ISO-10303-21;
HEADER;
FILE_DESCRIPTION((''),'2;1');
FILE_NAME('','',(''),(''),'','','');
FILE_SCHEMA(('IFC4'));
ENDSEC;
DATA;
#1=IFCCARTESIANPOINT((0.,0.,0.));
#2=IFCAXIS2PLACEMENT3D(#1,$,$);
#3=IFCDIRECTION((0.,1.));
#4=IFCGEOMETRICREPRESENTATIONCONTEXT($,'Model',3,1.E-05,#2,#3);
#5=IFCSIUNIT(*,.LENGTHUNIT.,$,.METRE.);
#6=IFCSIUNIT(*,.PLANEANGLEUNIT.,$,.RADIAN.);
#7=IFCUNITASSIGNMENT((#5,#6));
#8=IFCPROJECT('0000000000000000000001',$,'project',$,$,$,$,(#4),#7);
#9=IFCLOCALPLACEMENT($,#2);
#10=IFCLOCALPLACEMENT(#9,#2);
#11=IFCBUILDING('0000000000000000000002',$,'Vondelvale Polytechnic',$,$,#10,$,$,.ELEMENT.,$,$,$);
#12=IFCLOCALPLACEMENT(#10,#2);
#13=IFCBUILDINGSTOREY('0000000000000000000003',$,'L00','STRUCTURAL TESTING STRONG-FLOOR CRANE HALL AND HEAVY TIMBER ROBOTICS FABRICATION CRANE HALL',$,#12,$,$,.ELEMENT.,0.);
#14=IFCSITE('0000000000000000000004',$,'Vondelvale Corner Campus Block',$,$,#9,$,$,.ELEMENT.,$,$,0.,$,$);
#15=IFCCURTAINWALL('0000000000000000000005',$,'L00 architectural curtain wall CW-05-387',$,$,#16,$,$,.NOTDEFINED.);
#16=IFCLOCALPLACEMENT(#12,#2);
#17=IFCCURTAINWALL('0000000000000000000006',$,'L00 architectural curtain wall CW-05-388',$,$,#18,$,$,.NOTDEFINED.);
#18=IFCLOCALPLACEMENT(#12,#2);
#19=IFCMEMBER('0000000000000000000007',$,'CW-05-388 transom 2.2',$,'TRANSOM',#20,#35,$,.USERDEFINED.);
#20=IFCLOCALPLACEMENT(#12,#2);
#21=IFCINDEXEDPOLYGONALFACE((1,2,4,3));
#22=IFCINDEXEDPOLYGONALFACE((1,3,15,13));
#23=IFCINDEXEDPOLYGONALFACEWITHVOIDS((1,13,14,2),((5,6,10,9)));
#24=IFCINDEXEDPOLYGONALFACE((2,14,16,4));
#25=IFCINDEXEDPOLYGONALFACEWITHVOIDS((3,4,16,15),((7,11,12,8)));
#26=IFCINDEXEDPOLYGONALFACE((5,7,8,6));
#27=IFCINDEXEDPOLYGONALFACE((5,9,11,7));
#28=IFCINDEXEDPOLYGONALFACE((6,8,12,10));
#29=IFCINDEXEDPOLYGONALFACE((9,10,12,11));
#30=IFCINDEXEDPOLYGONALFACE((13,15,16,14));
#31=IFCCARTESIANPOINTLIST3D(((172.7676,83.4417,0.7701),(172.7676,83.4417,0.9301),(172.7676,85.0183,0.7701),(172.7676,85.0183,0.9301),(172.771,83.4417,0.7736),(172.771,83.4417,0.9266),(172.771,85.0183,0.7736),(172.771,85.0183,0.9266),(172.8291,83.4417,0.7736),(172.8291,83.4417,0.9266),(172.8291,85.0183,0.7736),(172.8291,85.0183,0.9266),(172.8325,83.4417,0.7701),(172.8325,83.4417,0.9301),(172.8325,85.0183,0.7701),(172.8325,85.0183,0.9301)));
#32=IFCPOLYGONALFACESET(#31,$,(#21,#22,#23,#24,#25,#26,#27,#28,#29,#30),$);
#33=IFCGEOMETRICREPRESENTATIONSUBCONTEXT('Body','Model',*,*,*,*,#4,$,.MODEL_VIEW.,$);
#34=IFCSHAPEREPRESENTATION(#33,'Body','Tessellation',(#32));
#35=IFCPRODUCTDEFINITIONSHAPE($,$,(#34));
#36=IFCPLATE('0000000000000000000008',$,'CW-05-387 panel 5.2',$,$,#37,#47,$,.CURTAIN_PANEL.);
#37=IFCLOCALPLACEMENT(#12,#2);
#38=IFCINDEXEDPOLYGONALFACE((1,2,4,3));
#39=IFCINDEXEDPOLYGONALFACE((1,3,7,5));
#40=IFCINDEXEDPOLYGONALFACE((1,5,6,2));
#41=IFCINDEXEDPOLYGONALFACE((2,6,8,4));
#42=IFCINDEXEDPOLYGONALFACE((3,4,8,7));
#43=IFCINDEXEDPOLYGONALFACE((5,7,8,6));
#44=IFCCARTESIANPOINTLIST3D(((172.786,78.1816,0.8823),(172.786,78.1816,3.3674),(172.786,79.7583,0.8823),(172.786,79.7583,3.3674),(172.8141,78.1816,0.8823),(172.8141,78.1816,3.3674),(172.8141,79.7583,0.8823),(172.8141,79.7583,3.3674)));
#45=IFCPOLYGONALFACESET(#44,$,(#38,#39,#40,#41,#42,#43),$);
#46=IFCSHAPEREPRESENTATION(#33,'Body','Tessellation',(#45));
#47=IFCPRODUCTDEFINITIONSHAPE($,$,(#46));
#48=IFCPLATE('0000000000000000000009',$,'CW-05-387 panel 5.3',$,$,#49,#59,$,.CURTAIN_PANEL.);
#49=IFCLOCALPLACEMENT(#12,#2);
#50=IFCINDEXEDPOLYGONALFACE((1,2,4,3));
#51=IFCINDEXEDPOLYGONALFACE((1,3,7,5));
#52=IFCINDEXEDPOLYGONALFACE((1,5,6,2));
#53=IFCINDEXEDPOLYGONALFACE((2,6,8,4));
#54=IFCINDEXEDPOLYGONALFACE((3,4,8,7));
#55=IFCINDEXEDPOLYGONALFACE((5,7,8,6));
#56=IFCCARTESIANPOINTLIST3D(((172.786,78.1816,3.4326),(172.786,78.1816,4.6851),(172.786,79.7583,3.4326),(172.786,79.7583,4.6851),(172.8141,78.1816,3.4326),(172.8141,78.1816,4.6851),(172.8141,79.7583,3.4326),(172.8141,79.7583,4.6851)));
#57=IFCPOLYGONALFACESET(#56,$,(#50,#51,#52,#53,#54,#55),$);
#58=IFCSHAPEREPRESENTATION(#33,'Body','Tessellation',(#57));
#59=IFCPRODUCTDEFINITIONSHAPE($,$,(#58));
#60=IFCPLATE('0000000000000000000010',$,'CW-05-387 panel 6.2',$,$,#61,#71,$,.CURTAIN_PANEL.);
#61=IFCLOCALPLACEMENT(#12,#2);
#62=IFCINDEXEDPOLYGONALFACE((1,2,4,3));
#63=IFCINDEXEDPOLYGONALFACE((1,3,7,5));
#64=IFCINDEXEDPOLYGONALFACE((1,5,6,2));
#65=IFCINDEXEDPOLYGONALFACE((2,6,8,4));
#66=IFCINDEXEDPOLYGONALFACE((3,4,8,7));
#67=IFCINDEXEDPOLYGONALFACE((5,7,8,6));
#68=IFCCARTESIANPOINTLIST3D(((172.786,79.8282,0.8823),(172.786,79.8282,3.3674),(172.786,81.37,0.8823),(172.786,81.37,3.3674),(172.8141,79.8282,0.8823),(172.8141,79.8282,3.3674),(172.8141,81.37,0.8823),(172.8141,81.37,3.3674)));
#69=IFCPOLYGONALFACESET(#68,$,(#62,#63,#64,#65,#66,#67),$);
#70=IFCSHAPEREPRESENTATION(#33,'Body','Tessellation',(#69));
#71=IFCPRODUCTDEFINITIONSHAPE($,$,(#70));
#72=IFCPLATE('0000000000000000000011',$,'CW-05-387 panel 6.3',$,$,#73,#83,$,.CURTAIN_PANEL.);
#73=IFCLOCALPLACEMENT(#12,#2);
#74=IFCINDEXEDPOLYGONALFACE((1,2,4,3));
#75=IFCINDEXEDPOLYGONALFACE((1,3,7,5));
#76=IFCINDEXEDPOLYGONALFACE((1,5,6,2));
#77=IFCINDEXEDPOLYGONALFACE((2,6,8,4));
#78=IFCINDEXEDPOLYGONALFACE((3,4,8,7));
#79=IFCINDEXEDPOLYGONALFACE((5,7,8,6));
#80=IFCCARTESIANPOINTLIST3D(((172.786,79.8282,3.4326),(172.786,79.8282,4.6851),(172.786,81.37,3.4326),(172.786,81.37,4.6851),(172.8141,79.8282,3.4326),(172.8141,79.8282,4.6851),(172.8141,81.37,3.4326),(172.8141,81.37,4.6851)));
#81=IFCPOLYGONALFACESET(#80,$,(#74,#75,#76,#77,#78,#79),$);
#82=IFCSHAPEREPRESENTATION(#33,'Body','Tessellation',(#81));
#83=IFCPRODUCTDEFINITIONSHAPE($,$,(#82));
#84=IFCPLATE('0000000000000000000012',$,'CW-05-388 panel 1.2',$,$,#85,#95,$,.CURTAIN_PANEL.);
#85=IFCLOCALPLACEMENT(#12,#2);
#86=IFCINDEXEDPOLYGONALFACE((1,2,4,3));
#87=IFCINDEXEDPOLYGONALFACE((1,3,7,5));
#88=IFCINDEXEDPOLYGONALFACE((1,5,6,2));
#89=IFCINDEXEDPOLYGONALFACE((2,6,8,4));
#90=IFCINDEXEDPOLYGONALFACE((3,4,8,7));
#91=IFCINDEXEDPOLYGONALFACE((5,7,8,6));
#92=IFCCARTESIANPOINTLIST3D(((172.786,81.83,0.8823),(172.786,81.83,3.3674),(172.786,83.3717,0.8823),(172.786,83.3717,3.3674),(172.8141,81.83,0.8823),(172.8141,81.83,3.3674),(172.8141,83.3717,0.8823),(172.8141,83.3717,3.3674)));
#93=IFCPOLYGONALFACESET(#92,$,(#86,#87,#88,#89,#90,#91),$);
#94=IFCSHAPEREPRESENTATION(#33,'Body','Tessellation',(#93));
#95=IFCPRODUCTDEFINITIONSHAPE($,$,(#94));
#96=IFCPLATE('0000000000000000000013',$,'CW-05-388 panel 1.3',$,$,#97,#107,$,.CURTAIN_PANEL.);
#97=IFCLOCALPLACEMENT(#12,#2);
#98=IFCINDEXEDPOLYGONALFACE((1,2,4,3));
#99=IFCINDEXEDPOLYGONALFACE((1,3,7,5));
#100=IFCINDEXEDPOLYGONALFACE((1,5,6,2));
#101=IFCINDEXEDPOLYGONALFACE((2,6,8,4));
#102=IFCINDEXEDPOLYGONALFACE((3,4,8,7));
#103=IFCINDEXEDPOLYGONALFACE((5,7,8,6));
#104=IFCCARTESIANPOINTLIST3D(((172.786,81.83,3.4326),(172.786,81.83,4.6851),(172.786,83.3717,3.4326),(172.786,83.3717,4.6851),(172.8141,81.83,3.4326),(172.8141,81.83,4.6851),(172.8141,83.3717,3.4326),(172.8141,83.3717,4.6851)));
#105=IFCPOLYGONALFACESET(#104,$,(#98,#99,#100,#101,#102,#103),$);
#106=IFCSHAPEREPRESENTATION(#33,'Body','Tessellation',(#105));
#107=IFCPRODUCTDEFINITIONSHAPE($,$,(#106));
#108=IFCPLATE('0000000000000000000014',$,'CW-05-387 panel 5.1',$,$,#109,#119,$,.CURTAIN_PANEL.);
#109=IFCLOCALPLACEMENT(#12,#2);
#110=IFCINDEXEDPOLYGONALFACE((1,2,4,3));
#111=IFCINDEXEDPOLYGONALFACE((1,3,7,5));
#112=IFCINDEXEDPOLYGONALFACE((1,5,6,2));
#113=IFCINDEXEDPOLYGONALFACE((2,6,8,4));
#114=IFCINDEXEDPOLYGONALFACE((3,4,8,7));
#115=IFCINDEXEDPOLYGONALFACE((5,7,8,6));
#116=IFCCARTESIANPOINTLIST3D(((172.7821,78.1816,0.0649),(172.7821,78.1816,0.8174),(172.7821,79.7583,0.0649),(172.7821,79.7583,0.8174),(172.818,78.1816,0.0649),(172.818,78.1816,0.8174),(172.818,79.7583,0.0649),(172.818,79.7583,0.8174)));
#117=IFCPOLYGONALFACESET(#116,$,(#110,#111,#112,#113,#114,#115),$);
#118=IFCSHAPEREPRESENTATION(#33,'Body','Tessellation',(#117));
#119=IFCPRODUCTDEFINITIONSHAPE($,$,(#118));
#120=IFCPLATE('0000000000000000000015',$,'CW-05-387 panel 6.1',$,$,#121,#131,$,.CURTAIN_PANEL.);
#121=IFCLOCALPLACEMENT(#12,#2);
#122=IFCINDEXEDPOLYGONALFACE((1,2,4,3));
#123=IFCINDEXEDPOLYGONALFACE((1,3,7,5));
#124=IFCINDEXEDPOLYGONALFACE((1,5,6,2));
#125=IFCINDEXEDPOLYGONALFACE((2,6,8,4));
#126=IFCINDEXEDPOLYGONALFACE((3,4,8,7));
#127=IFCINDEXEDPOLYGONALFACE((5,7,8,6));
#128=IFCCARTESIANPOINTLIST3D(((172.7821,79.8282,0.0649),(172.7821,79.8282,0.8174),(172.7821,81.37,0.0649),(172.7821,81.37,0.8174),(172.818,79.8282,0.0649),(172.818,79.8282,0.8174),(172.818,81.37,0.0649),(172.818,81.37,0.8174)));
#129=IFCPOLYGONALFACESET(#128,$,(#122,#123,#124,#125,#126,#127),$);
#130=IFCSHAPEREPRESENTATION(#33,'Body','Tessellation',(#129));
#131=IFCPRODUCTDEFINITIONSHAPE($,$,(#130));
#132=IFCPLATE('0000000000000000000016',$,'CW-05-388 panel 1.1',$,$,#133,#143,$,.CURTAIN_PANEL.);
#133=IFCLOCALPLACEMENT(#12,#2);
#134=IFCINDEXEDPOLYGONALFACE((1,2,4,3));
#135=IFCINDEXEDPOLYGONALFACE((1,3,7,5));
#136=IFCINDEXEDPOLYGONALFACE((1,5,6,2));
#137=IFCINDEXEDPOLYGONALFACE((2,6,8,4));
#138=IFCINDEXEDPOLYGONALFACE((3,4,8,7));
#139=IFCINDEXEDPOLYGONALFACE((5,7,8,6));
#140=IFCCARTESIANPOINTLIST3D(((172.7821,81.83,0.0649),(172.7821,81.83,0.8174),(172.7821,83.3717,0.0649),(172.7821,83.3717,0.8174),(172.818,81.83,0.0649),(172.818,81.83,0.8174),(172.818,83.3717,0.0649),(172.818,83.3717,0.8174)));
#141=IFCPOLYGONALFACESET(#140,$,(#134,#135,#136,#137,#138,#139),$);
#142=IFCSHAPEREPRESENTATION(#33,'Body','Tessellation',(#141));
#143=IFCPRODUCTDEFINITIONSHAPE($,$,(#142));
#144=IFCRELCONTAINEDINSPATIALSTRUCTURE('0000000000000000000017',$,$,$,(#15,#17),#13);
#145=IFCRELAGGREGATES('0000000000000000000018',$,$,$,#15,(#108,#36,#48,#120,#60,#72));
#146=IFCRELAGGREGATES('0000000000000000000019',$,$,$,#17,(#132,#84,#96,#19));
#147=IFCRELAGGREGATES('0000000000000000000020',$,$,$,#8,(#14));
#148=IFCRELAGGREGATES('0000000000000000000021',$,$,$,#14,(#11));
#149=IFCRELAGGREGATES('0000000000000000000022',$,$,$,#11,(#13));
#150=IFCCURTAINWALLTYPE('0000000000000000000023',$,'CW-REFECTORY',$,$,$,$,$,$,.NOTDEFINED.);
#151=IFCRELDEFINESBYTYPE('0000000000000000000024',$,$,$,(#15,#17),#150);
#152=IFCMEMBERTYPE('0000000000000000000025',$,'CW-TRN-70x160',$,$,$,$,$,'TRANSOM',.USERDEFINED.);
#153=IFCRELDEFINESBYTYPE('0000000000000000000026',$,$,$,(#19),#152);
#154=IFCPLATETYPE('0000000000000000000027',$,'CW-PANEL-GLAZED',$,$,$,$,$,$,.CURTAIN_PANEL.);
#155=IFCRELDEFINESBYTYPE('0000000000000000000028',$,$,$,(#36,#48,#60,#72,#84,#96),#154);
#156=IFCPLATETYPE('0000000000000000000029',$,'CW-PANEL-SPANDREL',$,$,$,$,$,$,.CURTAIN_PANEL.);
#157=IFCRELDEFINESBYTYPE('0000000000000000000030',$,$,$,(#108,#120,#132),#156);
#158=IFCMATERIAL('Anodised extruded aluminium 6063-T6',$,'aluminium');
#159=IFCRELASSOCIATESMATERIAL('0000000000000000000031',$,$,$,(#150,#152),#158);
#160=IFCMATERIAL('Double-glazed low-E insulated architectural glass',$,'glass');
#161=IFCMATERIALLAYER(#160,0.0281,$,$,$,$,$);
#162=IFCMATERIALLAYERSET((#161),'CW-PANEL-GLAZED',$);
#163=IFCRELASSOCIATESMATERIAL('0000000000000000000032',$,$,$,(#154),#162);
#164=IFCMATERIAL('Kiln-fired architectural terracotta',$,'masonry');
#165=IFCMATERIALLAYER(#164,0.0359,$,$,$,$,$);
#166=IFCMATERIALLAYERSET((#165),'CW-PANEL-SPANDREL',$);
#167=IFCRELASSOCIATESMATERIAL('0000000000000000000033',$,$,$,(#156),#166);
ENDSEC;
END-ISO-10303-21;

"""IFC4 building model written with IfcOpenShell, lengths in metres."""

from ifc_helpers import new_model, si_unit, direction, frame, origin, origin_2d, place, context, subcontext, project, spatial, rectangle, hollow_rectangle, extrude, material, layer, layer_set, material_profile, profile_set, type_object, element, aggregate, save


model = new_model("IFC4")

# Units and contexts
model_context = context("Model", 3, precision=1e-05, world=origin(), true_north=direction((0.0, 1.0)))
body_context = subcontext(model_context, "Body", "Model", "MODEL_VIEW")
ifc_project = project(units=[si_unit("LENGTHUNIT", "METRE"), si_unit("PLANEANGLEUNIT", "RADIAN")], contexts=[model_context])

# Site, building, storey
site_placement = place(None, origin())
site = spatial("IfcSite", under=ifc_project, at=site_placement, Name="Vondelvale Corner Campus Block", CompositionType="ELEMENT", RefElevation=0.0)
building_placement = place(site_placement, origin())
building = spatial("IfcBuilding", under=site, at=building_placement, Name="Vondelvale Polytechnic", CompositionType="ELEMENT")
storey_placement = place(building_placement, origin())
storey = spatial("IfcBuildingStorey", under=building, at=storey_placement, Name="L00", Description="STRUCTURAL TESTING STRONG-FLOOR CRANE HALL AND HEAVY TIMBER ROBOTICS FABRICATION CRANE HALL", CompositionType="ELEMENT", Elevation=0.0)

# Curtain walls
ifc_material_1 = material(Name="Anodised extruded aluminium 6063-T6", Category="aluminium")
curtain_wall_type = type_object("IfcCurtainWallType", Name="CW-REFECTORY", PredefinedType="NOTDEFINED", material=ifc_material_1)
curtain_wall_1_placement = place(storey_placement, origin())
curtain_wall_1 = element("IfcCurtainWall", 1, at=curtain_wall_1_placement, inside=storey, type_object=curtain_wall_type, Name="L00 architectural curtain wall CW-05-387", PredefinedType="NOTDEFINED")
curtain_wall_2_placement = place(storey_placement, origin())
curtain_wall_2 = element("IfcCurtainWall", 2, at=curtain_wall_2_placement, inside=storey, type_object=curtain_wall_type, Name="L00 architectural curtain wall CW-05-388", PredefinedType="NOTDEFINED")

# Member
ifc_material_profile_1 = material_profile(ifc_material_1, hollow_rectangle(XDim=0.0649, YDim=0.1599, WallThickness=0.0034, at=origin_2d()), Name="CW-TRN-160x65")
ifc_profile_set_1 = profile_set([ifc_material_profile_1], Name="Anodised extruded aluminium 6063-T6")
member_type_1 = type_object("IfcMemberType", Name="CW-TRN-70x160", ElementType="TRANSOM", PredefinedType="USERDEFINED", material=ifc_profile_set_1)
member_1_placement = place(storey_placement, frame((172.8, 83.4417, 0.8501), z_axis=(0.0, 1.0, 0.0), x_axis=(-1.0, 0.0, 0.0)))
member_1 = element("IfcMember", 3, at=member_1_placement, type_object=member_type_1, Name="CW-05-388 transom 2.2", ObjectType="TRANSOM", PredefinedType="USERDEFINED", context=body_context, shape_type="SweptSolid", body=[
    extrude(hollow_rectangle(XDim=0.0649, YDim=0.1599, WallThickness=0.0034, at=origin_2d()), origin(), (0.0, 0.0, 1.0), 1.5767),
])

# Plates
ifc_material_2 = material(Name="Double-glazed low-E insulated architectural glass", Category="glass")
ifc_layer_1 = layer(ifc_material_2, 0.0281)
ifc_layer_set_1 = layer_set([ifc_layer_1], Name="CW-PANEL-GLAZED")
plate_type_1 = type_object("IfcPlateType", Name="CW-PANEL-GLAZED", PredefinedType="CURTAIN_PANEL", material=ifc_layer_set_1)
plate_1_placement = place(storey_placement, frame((172.8, 78.97, 0.8823), z_axis=(0.0, 0.0, 1.0), x_axis=(0.0, 1.0, 0.0)))
plate_1 = element("IfcPlate", 4, at=plate_1_placement, type_object=plate_type_1, Name="CW-05-387 panel 5.2", PredefinedType="CURTAIN_PANEL", context=body_context, shape_type="SweptSolid", body=[
    extrude(rectangle(XDim=1.5767, YDim=0.0281, at=origin_2d()), origin(), (0.0, 0.0, 1.0), 2.4851),
])
plate_2_placement = place(storey_placement, frame((172.8, 78.97, 3.4326), z_axis=(0.0, 0.0, 1.0), x_axis=(0.0, 1.0, 0.0)))
plate_2 = element("IfcPlate", 5, at=plate_2_placement, type_object=plate_type_1, Name="CW-05-387 panel 5.3", PredefinedType="CURTAIN_PANEL", context=body_context, shape_type="SweptSolid", body=[
    extrude(rectangle(XDim=1.5767, YDim=0.0281, at=origin_2d()), origin(), (0.0, 0.0, 1.0), 1.2524),
])
plate_3_placement = place(storey_placement, frame((172.8, 80.5991, 0.8823), z_axis=(0.0, 0.0, 1.0), x_axis=(0.0, 1.0, 0.0)))
plate_3 = element("IfcPlate", 6, at=plate_3_placement, type_object=plate_type_1, Name="CW-05-387 panel 6.2", PredefinedType="CURTAIN_PANEL", context=body_context, shape_type="SweptSolid", body=[
    extrude(rectangle(XDim=1.5417, YDim=0.0281, at=origin_2d()), origin(), (0.0, 0.0, 1.0), 2.4851),
])
plate_4_placement = place(storey_placement, frame((172.8, 80.5991, 3.4326), z_axis=(0.0, 0.0, 1.0), x_axis=(0.0, 1.0, 0.0)))
plate_4 = element("IfcPlate", 7, at=plate_4_placement, type_object=plate_type_1, Name="CW-05-387 panel 6.3", PredefinedType="CURTAIN_PANEL", context=body_context, shape_type="SweptSolid", body=[
    extrude(rectangle(XDim=1.5417, YDim=0.0281, at=origin_2d()), origin(), (0.0, 0.0, 1.0), 1.2524),
])
plate_5_placement = place(storey_placement, frame((172.8, 82.6008, 0.8823), z_axis=(0.0, 0.0, 1.0), x_axis=(0.0, 1.0, 0.0)))
plate_5 = element("IfcPlate", 8, at=plate_5_placement, type_object=plate_type_1, Name="CW-05-388 panel 1.2", PredefinedType="CURTAIN_PANEL", context=body_context, shape_type="SweptSolid", body=[
    extrude(rectangle(XDim=1.5417, YDim=0.0281, at=origin_2d()), origin(), (0.0, 0.0, 1.0), 2.4851),
])
plate_6_placement = place(storey_placement, frame((172.8, 82.6008, 3.4326), z_axis=(0.0, 0.0, 1.0), x_axis=(0.0, 1.0, 0.0)))
plate_6 = element("IfcPlate", 9, at=plate_6_placement, type_object=plate_type_1, Name="CW-05-388 panel 1.3", PredefinedType="CURTAIN_PANEL", context=body_context, shape_type="SweptSolid", body=[
    extrude(rectangle(XDim=1.5417, YDim=0.0281, at=origin_2d()), origin(), (0.0, 0.0, 1.0), 1.2524),
])
ifc_material_3 = material(Name="Kiln-fired architectural terracotta", Category="masonry")
ifc_layer_2 = layer(ifc_material_3, 0.0359)
ifc_layer_set_2 = layer_set([ifc_layer_2], Name="CW-PANEL-SPANDREL")
plate_type_2 = type_object("IfcPlateType", Name="CW-PANEL-SPANDREL", PredefinedType="CURTAIN_PANEL", material=ifc_layer_set_2)
plate_7_placement = place(storey_placement, frame((172.8, 78.97, 0.0649), z_axis=(0.0, 0.0, 1.0), x_axis=(0.0, 1.0, 0.0)))
plate_7 = element("IfcPlate", 10, at=plate_7_placement, type_object=plate_type_2, Name="CW-05-387 panel 5.1", PredefinedType="CURTAIN_PANEL", context=body_context, shape_type="SweptSolid", body=[
    extrude(rectangle(XDim=1.5767, YDim=0.0359, at=origin_2d()), origin(), (0.0, 0.0, 1.0), 0.7524),
])
plate_8_placement = place(storey_placement, frame((172.8, 80.5991, 0.0649), z_axis=(0.0, 0.0, 1.0), x_axis=(0.0, 1.0, 0.0)))
plate_8 = element("IfcPlate", 11, at=plate_8_placement, type_object=plate_type_2, Name="CW-05-387 panel 6.1", PredefinedType="CURTAIN_PANEL", context=body_context, shape_type="SweptSolid", body=[
    extrude(rectangle(XDim=1.5417, YDim=0.0359, at=origin_2d()), origin(), (0.0, 0.0, 1.0), 0.7524),
])
aggregate(curtain_wall_1, [plate_7, plate_1, plate_2, plate_8, plate_3, plate_4])
plate_9_placement = place(storey_placement, frame((172.8, 82.6008, 0.0649), z_axis=(0.0, 0.0, 1.0), x_axis=(0.0, 1.0, 0.0)))
plate_9 = element("IfcPlate", 12, at=plate_9_placement, type_object=plate_type_2, Name="CW-05-388 panel 1.1", PredefinedType="CURTAIN_PANEL", context=body_context, shape_type="SweptSolid", body=[
    extrude(rectangle(XDim=1.5417, YDim=0.0359, at=origin_2d()), origin(), (0.0, 0.0, 1.0), 0.7524),
])
aggregate(curtain_wall_2, [plate_9, plate_5, plate_6, member_1])

save(model, "model.ifc")
